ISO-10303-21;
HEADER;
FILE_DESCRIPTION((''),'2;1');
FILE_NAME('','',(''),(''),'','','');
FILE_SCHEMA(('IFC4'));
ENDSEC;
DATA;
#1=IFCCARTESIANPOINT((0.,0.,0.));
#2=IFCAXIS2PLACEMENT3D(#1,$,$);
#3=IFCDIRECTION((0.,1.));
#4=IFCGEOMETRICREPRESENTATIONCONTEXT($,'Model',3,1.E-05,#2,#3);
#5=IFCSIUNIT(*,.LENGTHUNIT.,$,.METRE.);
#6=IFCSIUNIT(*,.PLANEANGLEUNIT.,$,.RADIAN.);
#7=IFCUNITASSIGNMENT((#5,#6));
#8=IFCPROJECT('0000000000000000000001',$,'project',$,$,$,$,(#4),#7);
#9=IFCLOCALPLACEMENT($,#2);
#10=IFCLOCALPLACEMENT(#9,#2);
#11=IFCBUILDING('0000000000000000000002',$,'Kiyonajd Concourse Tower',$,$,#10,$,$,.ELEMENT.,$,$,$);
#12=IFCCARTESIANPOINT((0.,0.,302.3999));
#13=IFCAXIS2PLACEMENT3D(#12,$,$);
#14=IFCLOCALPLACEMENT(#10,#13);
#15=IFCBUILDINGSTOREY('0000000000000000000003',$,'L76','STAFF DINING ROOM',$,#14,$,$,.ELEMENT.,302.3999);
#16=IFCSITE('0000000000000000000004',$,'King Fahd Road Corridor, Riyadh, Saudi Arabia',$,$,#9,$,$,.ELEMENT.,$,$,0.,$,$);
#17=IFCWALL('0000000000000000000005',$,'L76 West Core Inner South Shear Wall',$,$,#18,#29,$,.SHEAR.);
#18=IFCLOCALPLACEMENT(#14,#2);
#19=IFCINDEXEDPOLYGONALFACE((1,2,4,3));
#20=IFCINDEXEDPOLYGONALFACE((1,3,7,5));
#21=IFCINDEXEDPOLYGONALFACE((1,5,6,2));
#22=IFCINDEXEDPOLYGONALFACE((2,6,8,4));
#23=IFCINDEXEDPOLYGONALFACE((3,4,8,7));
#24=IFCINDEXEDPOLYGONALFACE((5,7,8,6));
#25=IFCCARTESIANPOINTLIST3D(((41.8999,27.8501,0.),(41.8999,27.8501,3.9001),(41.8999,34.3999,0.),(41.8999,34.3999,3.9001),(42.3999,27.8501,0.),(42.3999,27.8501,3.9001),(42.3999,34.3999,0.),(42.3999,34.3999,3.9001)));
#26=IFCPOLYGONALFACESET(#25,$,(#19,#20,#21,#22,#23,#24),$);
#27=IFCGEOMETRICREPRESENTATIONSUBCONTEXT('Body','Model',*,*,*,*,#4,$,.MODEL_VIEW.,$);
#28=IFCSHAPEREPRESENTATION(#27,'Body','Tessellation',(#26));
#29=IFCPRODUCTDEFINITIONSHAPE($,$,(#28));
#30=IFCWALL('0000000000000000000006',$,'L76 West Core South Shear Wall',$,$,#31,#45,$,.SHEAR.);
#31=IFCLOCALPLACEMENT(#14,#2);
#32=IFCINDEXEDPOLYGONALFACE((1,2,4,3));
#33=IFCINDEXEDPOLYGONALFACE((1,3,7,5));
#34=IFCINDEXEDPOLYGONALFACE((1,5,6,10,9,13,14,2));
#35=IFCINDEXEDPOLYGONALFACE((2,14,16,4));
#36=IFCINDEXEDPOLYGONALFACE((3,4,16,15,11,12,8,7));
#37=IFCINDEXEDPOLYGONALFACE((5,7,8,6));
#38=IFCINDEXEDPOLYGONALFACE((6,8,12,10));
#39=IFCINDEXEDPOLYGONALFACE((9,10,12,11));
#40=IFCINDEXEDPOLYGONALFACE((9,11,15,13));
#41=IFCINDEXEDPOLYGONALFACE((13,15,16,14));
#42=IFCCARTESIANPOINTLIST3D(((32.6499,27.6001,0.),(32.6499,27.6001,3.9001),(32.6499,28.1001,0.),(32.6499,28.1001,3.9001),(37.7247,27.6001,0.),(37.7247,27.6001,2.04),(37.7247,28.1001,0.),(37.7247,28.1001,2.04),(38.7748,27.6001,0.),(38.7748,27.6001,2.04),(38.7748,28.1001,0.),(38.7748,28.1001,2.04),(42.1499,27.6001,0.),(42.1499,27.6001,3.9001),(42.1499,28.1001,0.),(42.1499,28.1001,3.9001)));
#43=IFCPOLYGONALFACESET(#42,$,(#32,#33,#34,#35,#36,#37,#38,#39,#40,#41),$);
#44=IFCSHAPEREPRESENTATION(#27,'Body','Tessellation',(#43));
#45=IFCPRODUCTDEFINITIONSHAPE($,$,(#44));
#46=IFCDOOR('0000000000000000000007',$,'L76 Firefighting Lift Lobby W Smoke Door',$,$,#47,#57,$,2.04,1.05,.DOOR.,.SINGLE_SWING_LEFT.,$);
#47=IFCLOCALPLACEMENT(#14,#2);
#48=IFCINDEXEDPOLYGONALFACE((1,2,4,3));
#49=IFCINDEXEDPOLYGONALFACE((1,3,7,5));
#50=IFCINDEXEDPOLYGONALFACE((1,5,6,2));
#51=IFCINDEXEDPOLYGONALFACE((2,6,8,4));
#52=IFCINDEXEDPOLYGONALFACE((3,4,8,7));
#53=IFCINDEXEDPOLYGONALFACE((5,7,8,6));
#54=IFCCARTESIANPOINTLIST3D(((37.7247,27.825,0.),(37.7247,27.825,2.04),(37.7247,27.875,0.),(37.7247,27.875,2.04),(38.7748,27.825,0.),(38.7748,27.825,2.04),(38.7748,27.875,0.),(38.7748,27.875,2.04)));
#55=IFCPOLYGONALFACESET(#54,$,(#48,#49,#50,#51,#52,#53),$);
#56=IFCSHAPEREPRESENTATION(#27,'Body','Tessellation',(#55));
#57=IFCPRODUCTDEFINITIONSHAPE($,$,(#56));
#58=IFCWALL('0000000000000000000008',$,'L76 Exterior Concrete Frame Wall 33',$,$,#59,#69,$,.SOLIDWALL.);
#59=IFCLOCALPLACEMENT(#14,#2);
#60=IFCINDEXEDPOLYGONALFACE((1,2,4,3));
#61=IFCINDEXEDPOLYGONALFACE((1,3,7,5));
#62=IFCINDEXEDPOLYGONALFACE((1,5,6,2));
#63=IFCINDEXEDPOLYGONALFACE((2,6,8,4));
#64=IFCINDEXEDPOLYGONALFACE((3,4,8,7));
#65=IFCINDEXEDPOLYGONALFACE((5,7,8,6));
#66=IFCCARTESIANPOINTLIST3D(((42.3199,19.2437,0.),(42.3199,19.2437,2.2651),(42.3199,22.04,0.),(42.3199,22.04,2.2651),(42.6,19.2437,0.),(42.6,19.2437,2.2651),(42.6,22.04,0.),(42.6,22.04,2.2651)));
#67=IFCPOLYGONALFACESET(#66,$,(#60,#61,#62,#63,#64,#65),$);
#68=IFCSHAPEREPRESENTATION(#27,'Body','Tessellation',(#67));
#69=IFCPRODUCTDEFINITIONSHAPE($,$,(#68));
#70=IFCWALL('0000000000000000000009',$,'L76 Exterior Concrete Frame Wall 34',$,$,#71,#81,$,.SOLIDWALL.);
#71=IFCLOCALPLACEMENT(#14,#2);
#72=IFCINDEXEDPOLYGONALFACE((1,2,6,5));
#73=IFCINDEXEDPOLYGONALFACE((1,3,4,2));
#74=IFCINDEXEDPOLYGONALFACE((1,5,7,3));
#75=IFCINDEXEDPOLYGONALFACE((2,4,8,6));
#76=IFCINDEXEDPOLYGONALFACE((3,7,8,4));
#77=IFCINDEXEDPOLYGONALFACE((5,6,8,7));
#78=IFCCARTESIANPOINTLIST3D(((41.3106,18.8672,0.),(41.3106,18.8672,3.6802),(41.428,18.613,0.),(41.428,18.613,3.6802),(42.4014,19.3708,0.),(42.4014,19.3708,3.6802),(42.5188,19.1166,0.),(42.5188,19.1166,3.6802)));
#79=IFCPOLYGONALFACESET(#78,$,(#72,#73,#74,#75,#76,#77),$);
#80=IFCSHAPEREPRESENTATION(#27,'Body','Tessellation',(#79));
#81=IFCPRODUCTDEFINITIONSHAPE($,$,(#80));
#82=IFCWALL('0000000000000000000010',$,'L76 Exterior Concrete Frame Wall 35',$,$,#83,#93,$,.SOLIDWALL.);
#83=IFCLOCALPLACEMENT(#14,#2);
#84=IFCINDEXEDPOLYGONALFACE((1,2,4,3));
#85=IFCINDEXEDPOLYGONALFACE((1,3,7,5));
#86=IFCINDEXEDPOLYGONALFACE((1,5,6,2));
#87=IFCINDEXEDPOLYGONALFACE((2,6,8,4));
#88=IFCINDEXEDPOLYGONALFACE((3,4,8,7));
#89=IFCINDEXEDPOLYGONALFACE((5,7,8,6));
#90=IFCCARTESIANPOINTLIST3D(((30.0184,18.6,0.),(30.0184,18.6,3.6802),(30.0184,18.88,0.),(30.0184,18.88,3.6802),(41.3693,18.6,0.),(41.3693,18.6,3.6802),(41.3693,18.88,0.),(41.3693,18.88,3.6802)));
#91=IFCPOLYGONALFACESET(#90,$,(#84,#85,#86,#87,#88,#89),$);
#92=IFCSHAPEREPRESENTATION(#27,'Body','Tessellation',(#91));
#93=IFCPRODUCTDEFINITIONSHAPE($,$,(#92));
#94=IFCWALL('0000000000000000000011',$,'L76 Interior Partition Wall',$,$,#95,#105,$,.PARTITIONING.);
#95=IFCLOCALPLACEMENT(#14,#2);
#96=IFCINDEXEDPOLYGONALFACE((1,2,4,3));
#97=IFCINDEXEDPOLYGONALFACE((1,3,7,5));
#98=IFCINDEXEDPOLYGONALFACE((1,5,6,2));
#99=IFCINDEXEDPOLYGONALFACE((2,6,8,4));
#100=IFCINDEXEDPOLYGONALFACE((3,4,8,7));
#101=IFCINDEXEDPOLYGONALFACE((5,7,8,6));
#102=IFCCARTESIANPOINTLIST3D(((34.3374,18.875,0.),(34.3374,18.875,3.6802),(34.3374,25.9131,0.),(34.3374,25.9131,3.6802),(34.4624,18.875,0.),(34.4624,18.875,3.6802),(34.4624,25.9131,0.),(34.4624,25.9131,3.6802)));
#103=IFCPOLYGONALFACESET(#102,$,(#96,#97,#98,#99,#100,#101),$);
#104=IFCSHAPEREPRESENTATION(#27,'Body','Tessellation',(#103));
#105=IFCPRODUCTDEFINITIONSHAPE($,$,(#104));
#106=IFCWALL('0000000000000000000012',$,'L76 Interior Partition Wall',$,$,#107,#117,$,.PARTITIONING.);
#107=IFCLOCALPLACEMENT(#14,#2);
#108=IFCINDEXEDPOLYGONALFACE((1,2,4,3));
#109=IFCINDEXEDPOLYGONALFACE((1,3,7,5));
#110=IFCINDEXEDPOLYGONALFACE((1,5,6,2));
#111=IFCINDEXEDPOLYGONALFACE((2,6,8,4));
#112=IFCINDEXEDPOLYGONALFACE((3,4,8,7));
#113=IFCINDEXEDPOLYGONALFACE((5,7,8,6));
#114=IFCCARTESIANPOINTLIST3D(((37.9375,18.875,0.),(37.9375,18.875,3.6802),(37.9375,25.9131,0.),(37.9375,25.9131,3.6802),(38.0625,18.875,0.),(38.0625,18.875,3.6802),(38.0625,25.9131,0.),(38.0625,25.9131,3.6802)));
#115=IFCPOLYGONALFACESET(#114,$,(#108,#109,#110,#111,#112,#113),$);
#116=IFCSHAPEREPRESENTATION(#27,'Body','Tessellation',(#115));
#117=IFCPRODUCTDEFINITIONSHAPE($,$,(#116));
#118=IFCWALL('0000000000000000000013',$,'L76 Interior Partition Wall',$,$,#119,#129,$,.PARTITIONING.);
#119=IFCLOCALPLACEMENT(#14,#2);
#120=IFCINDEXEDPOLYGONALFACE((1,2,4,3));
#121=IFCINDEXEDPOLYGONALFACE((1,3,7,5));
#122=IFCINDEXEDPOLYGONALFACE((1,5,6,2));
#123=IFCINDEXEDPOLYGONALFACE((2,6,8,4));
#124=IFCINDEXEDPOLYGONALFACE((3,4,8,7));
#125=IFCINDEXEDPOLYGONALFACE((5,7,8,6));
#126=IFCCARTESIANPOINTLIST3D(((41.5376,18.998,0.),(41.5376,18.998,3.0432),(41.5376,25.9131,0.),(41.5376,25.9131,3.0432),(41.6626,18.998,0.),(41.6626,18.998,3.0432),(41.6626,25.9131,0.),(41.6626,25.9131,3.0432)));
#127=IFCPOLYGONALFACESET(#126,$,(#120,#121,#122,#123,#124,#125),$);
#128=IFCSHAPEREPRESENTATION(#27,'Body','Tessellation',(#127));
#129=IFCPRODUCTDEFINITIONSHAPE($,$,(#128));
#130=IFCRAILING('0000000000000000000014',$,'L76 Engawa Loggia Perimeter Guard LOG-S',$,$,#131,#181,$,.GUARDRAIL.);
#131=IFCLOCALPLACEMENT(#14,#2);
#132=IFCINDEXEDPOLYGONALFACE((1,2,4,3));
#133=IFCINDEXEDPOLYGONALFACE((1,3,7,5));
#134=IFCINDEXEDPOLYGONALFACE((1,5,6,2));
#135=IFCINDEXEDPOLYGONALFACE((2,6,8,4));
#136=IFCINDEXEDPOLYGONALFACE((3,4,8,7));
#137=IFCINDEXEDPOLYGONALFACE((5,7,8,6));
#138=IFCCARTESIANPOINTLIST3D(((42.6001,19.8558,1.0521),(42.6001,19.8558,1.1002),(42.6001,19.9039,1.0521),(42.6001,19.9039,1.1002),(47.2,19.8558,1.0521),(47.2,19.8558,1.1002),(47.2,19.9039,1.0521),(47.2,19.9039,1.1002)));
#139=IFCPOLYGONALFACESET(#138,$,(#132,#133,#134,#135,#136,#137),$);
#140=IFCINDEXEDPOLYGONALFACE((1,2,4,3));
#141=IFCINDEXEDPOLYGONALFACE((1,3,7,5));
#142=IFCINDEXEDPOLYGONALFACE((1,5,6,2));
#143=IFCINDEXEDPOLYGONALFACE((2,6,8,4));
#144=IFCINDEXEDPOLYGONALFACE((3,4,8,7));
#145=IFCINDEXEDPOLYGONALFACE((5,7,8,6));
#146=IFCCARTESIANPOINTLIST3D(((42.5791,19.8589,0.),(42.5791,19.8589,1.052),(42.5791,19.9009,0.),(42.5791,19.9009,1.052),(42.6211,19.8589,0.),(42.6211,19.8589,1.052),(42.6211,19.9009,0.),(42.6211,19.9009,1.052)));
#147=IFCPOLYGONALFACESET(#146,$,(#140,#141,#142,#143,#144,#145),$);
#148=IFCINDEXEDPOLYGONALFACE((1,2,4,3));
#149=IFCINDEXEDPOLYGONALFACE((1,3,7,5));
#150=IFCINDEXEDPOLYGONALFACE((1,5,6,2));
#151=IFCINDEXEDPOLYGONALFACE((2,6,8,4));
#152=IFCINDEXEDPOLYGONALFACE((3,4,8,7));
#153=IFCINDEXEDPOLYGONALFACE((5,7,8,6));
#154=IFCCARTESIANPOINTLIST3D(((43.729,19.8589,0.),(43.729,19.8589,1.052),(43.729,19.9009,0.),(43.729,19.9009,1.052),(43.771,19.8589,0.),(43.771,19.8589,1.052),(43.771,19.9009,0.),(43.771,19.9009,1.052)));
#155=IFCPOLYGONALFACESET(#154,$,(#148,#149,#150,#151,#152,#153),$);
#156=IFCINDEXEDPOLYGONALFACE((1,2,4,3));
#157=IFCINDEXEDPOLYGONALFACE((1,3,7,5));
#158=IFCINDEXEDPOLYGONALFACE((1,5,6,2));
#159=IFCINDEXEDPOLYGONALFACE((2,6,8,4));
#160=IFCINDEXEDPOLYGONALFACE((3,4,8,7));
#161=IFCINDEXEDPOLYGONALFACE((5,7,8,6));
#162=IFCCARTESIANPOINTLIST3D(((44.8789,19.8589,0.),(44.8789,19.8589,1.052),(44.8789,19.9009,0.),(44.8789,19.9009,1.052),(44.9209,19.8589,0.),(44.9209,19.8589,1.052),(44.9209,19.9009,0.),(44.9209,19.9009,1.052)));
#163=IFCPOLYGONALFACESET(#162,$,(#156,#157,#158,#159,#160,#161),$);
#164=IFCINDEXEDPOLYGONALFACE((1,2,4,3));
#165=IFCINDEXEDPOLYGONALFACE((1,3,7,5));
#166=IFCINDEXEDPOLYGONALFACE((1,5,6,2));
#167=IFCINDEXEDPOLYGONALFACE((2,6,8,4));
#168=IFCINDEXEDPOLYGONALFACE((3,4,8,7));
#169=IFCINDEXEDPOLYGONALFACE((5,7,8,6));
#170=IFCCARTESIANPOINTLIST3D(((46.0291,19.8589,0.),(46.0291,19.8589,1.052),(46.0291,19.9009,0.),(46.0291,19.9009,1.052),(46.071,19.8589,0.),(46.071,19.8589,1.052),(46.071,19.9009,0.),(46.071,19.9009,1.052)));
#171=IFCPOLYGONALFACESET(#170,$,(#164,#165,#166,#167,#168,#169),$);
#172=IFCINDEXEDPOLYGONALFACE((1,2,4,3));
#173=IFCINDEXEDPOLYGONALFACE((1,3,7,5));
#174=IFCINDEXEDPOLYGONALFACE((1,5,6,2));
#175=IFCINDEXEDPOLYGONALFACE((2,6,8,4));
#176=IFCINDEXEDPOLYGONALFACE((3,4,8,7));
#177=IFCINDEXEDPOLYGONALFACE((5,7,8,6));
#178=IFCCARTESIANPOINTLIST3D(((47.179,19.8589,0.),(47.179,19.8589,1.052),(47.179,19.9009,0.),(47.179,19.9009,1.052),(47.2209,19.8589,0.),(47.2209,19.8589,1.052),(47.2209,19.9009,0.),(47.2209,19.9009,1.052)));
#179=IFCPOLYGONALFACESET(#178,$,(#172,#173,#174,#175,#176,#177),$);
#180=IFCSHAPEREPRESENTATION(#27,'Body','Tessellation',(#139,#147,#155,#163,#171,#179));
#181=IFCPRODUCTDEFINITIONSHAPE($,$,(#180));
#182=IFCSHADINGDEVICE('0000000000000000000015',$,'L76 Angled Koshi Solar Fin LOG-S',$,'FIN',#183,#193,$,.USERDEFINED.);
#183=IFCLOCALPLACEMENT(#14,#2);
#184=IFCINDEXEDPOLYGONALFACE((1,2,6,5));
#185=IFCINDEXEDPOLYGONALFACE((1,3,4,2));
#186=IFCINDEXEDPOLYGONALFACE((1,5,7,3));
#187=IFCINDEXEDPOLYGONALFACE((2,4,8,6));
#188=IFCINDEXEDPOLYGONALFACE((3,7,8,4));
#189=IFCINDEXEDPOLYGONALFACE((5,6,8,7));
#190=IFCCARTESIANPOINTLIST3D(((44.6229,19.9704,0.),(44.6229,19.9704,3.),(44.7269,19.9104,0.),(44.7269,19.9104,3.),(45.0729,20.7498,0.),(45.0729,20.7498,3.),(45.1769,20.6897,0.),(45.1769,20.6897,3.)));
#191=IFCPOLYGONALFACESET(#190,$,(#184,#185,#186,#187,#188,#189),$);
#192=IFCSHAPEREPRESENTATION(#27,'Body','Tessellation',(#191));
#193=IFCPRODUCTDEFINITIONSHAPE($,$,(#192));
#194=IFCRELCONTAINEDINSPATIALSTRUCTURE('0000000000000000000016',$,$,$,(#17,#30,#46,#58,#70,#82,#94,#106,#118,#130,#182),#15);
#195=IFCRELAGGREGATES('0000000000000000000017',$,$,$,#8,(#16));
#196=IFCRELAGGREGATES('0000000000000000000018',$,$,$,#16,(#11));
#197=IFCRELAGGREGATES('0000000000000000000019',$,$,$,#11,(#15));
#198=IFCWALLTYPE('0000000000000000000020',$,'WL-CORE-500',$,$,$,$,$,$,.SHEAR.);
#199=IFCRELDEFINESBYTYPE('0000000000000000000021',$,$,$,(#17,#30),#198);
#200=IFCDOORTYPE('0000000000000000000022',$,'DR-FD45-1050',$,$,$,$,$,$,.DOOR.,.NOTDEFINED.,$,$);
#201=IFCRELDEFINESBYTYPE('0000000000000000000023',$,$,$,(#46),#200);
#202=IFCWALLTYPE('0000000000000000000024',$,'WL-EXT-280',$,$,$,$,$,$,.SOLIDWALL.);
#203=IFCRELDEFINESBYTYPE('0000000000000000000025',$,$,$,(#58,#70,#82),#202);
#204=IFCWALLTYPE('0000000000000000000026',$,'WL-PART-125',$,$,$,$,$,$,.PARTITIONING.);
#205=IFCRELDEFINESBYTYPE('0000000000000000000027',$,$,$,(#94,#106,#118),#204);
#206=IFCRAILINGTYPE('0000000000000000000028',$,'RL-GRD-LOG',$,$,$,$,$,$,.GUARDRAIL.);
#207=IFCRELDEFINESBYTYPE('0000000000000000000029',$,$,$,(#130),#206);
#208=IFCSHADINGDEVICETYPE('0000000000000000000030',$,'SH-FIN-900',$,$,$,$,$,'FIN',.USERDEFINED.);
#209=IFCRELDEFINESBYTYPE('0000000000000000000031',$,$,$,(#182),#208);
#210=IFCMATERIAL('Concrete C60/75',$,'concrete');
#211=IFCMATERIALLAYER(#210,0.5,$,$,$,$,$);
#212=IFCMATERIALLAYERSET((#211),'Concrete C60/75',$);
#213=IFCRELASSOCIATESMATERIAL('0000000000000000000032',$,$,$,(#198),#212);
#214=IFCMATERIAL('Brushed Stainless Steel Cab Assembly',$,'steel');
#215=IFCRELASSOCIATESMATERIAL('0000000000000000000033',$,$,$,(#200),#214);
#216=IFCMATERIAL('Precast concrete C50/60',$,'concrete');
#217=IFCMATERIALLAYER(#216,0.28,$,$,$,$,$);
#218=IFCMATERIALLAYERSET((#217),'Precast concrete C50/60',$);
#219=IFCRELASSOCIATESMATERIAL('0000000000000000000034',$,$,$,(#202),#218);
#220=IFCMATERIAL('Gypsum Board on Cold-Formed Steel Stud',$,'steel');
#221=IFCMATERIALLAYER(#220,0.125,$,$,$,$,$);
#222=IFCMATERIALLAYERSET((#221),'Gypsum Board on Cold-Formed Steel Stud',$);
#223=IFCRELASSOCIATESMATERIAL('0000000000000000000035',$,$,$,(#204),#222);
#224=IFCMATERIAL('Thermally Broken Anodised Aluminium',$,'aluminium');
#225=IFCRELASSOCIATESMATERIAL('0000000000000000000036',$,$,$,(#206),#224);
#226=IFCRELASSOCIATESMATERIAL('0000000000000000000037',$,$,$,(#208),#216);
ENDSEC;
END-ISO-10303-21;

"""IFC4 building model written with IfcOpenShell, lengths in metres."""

from ifc_helpers import new_model, si_unit, direction, frame, frame_2d, origin, origin_2d, place, context, subcontext, project, spatial, rectangle, extrude, material, layer, layer_set, type_object, element, fill, save


model = new_model("IFC4")

# Units and contexts
model_context = context("Model", 3, precision=1e-05, world=origin(), true_north=direction((0.0, 1.0)))
body_context = subcontext(model_context, "Body", "Model", "MODEL_VIEW")
ifc_project = project(units=[si_unit("LENGTHUNIT", "METRE"), si_unit("PLANEANGLEUNIT", "RADIAN")], contexts=[model_context])

# Site, building, storey
site_placement = place(None, origin())
site = spatial("IfcSite", under=ifc_project, at=site_placement, Name="King Fahd Road Corridor, Riyadh, Saudi Arabia", CompositionType="ELEMENT", RefElevation=0.0)
building_placement = place(site_placement, origin())
building = spatial("IfcBuilding", under=site, at=building_placement, Name="Kiyonajd Concourse Tower", CompositionType="ELEMENT")
storey_placement = place(building_placement, frame((0.0, 0.0, 302.3999)))
storey = spatial("IfcBuildingStorey", under=building, at=storey_placement, Name="L76", Description="STAFF DINING ROOM", CompositionType="ELEMENT", Elevation=302.3999)

# Shared definitions
ifc_material_1 = material(Name="Concrete C60/75", Category="concrete")

# Shared definitions
ifc_material_2 = material(Name="Thermally Broken Anodised Aluminium", Category="aluminium")

# Wall
ifc_layer_1 = layer(ifc_material_1, 0.5)
ifc_layer_set_1 = layer_set([ifc_layer_1], Name="Concrete C60/75")
wall_type_1 = type_object("IfcWallType", Name="WL-CORE-500", PredefinedType="SHEAR", material=ifc_layer_set_1)
wall_1_placement = place(storey_placement, frame((42.1499, 27.8501, 0.0), z_axis=(0.0, 0.0, 1.0), x_axis=(0.0, 1.0, 0.0)))
element("IfcWall", 1, at=wall_1_placement, inside=storey, type_object=wall_type_1, Name="L76 West Core Inner South Shear Wall", PredefinedType="SHEAR", context=body_context, shape_type="SweptSolid", body=[
    extrude(rectangle(XDim=6.5498, YDim=0.5, at=frame_2d((3.2749, 0.0))), origin(), (0.0, 0.0, 1.0), 3.9001),
])

# Wall, opening, door
wall_2_placement = place(storey_placement, frame((32.6499, 27.8501, 0.0), z_axis=(0.0, 0.0, 1.0), x_axis=(1.0, 0.0, 0.0)))
wall_2 = element("IfcWall", 2, at=wall_2_placement, inside=storey, type_object=wall_type_1, Name="L76 West Core South Shear Wall", PredefinedType="SHEAR", context=body_context, shape_type="SweptSolid", body=[
    extrude(rectangle(XDim=9.5, YDim=0.5, at=frame_2d((4.75, 0.0))), origin(), (0.0, 0.0, 1.0), 3.9001),
])
opening_placement = place(wall_2_placement, frame((5.075, 0.0, 0.0)))
opening = element("IfcOpeningElement", 3, at=opening_placement, cuts=wall_2, PredefinedType="OPENING", context=body_context, shape_type="SweptSolid", body=[
    extrude(rectangle(XDim=1.05, YDim=2.04, at=frame_2d((0.5249, 1.02))), frame((0.0, 0.26, 0.0), z_axis=(0.0, -1.0, 0.0), x_axis=(1.0, 0.0, 0.0)), (0.0, 0.0, 1.0), 0.52),
])
ifc_material_3 = material(Name="Brushed Stainless Steel Cab Assembly", Category="steel")
door_type = type_object("IfcDoorType", Name="DR-FD45-1050", OperationType="NOTDEFINED", PredefinedType="DOOR", material=ifc_material_3)
door_placement = place(opening_placement, origin())
door = element("IfcDoor", 4, at=door_placement, inside=storey, type_object=door_type, Name="L76 Firefighting Lift Lobby W Smoke Door", OperationType="SINGLE_SWING_LEFT", OverallHeight=2.04, OverallWidth=1.05, PredefinedType="DOOR", context=body_context, shape_type="SweptSolid", body=[
    extrude(rectangle(XDim=1.05, YDim=2.04, at=frame_2d((0.5249, 1.02))), frame((0.0, 0.0249, 0.0), z_axis=(0.0, -1.0, 0.0), x_axis=(1.0, 0.0, 0.0)), (0.0, 0.0, 1.0), 0.05),
])
fill(opening, door)

# Walls
ifc_material_4 = material(Name="Precast concrete C50/60", Category="concrete")
ifc_layer_2 = layer(ifc_material_4, 0.28)
ifc_layer_set_2 = layer_set([ifc_layer_2], Name="Precast concrete C50/60")
wall_type_2 = type_object("IfcWallType", Name="WL-EXT-280", PredefinedType="SOLIDWALL", material=ifc_layer_set_2)
wall_3_placement = place(storey_placement, frame((42.46, 22.04, 0.0), z_axis=(0.0, 0.0, 1.0), x_axis=(0.0, -1.0, 0.0)))
element("IfcWall", 5, at=wall_3_placement, inside=storey, type_object=wall_type_2, Name="L76 Exterior Concrete Frame Wall 33", PredefinedType="SOLIDWALL", context=body_context, shape_type="SweptSolid", body=[
    extrude(rectangle(XDim=2.7964, YDim=0.28, at=frame_2d((1.3982, 0.0))), origin(), (0.0, 0.0, 1.0), 2.2651),
])
wall_4_placement = place(storey_placement, frame((42.46, 19.2437, 0.0), z_axis=(0.0, 0.0, 1.0), x_axis=(-0.907894, -0.4192, 0.0)))
element("IfcWall", 6, at=wall_4_placement, inside=storey, type_object=wall_type_2, Name="L76 Exterior Concrete Frame Wall 34", PredefinedType="SOLIDWALL", context=body_context, shape_type="SweptSolid", body=[
    extrude(rectangle(XDim=1.2014, YDim=0.28, at=frame_2d((0.6006, 0.0))), origin(), (0.0, 0.0, 1.0), 3.6802),
])
wall_5_placement = place(storey_placement, frame((41.3691, 18.74, 0.0), z_axis=(0.0, 0.0, 1.0), x_axis=(-1.0, 0.0, 0.0)))
element("IfcWall", 7, at=wall_5_placement, inside=storey, type_object=wall_type_2, Name="L76 Exterior Concrete Frame Wall 35", PredefinedType="SOLIDWALL", context=body_context, shape_type="SweptSolid", body=[
    extrude(rectangle(XDim=11.3508, YDim=0.28, at=frame_2d((5.6753, 0.0))), origin(), (0.0, 0.0, 1.0), 3.6802),
])
ifc_material_5 = material(Name="Gypsum Board on Cold-Formed Steel Stud", Category="steel")
ifc_layer_3 = layer(ifc_material_5, 0.125)
ifc_layer_set_3 = layer_set([ifc_layer_3], Name="Gypsum Board on Cold-Formed Steel Stud")
wall_type_3 = type_object("IfcWallType", Name="WL-PART-125", PredefinedType="PARTITIONING", material=ifc_layer_set_3)
for number, where, z_axis, x_axis, name in (
    (8, (34.3999, 18.875, 0.0), (0.0, 0.0, 1.0), (0.0, 1.0, 0.0), "L76 Interior Partition Wall"),
    (9, (38.0, 18.875, 0.0), (0.0, 0.0, 1.0), (0.0, 1.0, 0.0), "L76 Interior Partition Wall"),
):
    element("IfcWall", number, at=place(storey_placement, frame(where, z_axis=z_axis, x_axis=x_axis)), inside=storey, type_object=wall_type_3, Name=name, PredefinedType="PARTITIONING", context=body_context, shape_type="SweptSolid", body=[
        extrude(rectangle(XDim=7.0381, YDim=0.125, at=frame_2d((3.519, 0.0))), origin(), (0.0, 0.0, 1.0), 3.6802),
    ])
wall_6_placement = place(storey_placement, frame((41.6001, 18.998, 0.0), z_axis=(0.0, 0.0, 1.0), x_axis=(0.0, 1.0, 0.0)))
element("IfcWall", 10, at=wall_6_placement, inside=storey, type_object=wall_type_3, Name="L76 Interior Partition Wall", PredefinedType="PARTITIONING", context=body_context, shape_type="SweptSolid", body=[
    extrude(rectangle(XDim=6.915, YDim=0.125, at=frame_2d((3.4575, 0.0))), origin(), (0.0, 0.0, 1.0), 3.0432),
])

# Railing
railing_type = type_object("IfcRailingType", Name="RL-GRD-LOG", PredefinedType="GUARDRAIL", material=ifc_material_2)
railing_placement = place(storey_placement, frame((42.6001, 19.8799, 0.0)))
element("IfcRailing", 11, at=railing_placement, inside=storey, type_object=railing_type, Name="L76 Engawa Loggia Perimeter Guard LOG-S", PredefinedType="GUARDRAIL", context=body_context, shape_type="SweptSolid", body=[
    extrude(rectangle(XDim=0.0481, YDim=0.0481, at=origin_2d()), frame((0.0, 0.0, 1.0762), z_axis=(1.0, 0.0, 0.0), x_axis=(0.0, 1.0, 0.0)), (0.0, 0.0, 1.0), 4.5999),
    extrude(rectangle(XDim=0.042, YDim=0.042, at=origin_2d()), origin(), (0.0, 0.0, 1.0), 1.052),
    extrude(rectangle(XDim=0.042, YDim=0.042, at=origin_2d()), frame((1.1499, 0.0, 0.0)), (0.0, 0.0, 1.0), 1.052),
    extrude(rectangle(XDim=0.042, YDim=0.042, at=origin_2d()), frame((2.2998, 0.0, 0.0)), (0.0, 0.0, 1.0), 1.052),
    extrude(rectangle(XDim=0.042, YDim=0.042, at=origin_2d()), frame((3.45, 0.0, 0.0)), (0.0, 0.0, 1.0), 1.052),
    extrude(rectangle(XDim=0.042, YDim=0.042, at=origin_2d()), frame((4.5999, 0.0, 0.0)), (0.0, 0.0, 1.0), 1.052),
])

# Shading device
shading_device_type_1 = type_object("IfcShadingDeviceType", Name="SH-FIN-900", ElementType="FIN", PredefinedType="USERDEFINED", material=ifc_material_4)
shading_device_1_placement = place(storey_placement, frame((44.8999, 20.3301, 0.0), z_axis=(0.0, 0.0, 1.0), x_axis=(0.5, 0.866025, 0.0)))
element("IfcShadingDevice", 12, at=shading_device_1_placement, inside=storey, type_object=shading_device_type_1, Name="L76 Angled Koshi Solar Fin LOG-S", ObjectType="FIN", PredefinedType="USERDEFINED", context=body_context, shape_type="SweptSolid", body=[
    extrude(rectangle(XDim=0.8999, YDim=0.1201, at=origin_2d()), origin(), (0.0, 0.0, 1.0), 3.0),
])

save(model, "model.ifc")
